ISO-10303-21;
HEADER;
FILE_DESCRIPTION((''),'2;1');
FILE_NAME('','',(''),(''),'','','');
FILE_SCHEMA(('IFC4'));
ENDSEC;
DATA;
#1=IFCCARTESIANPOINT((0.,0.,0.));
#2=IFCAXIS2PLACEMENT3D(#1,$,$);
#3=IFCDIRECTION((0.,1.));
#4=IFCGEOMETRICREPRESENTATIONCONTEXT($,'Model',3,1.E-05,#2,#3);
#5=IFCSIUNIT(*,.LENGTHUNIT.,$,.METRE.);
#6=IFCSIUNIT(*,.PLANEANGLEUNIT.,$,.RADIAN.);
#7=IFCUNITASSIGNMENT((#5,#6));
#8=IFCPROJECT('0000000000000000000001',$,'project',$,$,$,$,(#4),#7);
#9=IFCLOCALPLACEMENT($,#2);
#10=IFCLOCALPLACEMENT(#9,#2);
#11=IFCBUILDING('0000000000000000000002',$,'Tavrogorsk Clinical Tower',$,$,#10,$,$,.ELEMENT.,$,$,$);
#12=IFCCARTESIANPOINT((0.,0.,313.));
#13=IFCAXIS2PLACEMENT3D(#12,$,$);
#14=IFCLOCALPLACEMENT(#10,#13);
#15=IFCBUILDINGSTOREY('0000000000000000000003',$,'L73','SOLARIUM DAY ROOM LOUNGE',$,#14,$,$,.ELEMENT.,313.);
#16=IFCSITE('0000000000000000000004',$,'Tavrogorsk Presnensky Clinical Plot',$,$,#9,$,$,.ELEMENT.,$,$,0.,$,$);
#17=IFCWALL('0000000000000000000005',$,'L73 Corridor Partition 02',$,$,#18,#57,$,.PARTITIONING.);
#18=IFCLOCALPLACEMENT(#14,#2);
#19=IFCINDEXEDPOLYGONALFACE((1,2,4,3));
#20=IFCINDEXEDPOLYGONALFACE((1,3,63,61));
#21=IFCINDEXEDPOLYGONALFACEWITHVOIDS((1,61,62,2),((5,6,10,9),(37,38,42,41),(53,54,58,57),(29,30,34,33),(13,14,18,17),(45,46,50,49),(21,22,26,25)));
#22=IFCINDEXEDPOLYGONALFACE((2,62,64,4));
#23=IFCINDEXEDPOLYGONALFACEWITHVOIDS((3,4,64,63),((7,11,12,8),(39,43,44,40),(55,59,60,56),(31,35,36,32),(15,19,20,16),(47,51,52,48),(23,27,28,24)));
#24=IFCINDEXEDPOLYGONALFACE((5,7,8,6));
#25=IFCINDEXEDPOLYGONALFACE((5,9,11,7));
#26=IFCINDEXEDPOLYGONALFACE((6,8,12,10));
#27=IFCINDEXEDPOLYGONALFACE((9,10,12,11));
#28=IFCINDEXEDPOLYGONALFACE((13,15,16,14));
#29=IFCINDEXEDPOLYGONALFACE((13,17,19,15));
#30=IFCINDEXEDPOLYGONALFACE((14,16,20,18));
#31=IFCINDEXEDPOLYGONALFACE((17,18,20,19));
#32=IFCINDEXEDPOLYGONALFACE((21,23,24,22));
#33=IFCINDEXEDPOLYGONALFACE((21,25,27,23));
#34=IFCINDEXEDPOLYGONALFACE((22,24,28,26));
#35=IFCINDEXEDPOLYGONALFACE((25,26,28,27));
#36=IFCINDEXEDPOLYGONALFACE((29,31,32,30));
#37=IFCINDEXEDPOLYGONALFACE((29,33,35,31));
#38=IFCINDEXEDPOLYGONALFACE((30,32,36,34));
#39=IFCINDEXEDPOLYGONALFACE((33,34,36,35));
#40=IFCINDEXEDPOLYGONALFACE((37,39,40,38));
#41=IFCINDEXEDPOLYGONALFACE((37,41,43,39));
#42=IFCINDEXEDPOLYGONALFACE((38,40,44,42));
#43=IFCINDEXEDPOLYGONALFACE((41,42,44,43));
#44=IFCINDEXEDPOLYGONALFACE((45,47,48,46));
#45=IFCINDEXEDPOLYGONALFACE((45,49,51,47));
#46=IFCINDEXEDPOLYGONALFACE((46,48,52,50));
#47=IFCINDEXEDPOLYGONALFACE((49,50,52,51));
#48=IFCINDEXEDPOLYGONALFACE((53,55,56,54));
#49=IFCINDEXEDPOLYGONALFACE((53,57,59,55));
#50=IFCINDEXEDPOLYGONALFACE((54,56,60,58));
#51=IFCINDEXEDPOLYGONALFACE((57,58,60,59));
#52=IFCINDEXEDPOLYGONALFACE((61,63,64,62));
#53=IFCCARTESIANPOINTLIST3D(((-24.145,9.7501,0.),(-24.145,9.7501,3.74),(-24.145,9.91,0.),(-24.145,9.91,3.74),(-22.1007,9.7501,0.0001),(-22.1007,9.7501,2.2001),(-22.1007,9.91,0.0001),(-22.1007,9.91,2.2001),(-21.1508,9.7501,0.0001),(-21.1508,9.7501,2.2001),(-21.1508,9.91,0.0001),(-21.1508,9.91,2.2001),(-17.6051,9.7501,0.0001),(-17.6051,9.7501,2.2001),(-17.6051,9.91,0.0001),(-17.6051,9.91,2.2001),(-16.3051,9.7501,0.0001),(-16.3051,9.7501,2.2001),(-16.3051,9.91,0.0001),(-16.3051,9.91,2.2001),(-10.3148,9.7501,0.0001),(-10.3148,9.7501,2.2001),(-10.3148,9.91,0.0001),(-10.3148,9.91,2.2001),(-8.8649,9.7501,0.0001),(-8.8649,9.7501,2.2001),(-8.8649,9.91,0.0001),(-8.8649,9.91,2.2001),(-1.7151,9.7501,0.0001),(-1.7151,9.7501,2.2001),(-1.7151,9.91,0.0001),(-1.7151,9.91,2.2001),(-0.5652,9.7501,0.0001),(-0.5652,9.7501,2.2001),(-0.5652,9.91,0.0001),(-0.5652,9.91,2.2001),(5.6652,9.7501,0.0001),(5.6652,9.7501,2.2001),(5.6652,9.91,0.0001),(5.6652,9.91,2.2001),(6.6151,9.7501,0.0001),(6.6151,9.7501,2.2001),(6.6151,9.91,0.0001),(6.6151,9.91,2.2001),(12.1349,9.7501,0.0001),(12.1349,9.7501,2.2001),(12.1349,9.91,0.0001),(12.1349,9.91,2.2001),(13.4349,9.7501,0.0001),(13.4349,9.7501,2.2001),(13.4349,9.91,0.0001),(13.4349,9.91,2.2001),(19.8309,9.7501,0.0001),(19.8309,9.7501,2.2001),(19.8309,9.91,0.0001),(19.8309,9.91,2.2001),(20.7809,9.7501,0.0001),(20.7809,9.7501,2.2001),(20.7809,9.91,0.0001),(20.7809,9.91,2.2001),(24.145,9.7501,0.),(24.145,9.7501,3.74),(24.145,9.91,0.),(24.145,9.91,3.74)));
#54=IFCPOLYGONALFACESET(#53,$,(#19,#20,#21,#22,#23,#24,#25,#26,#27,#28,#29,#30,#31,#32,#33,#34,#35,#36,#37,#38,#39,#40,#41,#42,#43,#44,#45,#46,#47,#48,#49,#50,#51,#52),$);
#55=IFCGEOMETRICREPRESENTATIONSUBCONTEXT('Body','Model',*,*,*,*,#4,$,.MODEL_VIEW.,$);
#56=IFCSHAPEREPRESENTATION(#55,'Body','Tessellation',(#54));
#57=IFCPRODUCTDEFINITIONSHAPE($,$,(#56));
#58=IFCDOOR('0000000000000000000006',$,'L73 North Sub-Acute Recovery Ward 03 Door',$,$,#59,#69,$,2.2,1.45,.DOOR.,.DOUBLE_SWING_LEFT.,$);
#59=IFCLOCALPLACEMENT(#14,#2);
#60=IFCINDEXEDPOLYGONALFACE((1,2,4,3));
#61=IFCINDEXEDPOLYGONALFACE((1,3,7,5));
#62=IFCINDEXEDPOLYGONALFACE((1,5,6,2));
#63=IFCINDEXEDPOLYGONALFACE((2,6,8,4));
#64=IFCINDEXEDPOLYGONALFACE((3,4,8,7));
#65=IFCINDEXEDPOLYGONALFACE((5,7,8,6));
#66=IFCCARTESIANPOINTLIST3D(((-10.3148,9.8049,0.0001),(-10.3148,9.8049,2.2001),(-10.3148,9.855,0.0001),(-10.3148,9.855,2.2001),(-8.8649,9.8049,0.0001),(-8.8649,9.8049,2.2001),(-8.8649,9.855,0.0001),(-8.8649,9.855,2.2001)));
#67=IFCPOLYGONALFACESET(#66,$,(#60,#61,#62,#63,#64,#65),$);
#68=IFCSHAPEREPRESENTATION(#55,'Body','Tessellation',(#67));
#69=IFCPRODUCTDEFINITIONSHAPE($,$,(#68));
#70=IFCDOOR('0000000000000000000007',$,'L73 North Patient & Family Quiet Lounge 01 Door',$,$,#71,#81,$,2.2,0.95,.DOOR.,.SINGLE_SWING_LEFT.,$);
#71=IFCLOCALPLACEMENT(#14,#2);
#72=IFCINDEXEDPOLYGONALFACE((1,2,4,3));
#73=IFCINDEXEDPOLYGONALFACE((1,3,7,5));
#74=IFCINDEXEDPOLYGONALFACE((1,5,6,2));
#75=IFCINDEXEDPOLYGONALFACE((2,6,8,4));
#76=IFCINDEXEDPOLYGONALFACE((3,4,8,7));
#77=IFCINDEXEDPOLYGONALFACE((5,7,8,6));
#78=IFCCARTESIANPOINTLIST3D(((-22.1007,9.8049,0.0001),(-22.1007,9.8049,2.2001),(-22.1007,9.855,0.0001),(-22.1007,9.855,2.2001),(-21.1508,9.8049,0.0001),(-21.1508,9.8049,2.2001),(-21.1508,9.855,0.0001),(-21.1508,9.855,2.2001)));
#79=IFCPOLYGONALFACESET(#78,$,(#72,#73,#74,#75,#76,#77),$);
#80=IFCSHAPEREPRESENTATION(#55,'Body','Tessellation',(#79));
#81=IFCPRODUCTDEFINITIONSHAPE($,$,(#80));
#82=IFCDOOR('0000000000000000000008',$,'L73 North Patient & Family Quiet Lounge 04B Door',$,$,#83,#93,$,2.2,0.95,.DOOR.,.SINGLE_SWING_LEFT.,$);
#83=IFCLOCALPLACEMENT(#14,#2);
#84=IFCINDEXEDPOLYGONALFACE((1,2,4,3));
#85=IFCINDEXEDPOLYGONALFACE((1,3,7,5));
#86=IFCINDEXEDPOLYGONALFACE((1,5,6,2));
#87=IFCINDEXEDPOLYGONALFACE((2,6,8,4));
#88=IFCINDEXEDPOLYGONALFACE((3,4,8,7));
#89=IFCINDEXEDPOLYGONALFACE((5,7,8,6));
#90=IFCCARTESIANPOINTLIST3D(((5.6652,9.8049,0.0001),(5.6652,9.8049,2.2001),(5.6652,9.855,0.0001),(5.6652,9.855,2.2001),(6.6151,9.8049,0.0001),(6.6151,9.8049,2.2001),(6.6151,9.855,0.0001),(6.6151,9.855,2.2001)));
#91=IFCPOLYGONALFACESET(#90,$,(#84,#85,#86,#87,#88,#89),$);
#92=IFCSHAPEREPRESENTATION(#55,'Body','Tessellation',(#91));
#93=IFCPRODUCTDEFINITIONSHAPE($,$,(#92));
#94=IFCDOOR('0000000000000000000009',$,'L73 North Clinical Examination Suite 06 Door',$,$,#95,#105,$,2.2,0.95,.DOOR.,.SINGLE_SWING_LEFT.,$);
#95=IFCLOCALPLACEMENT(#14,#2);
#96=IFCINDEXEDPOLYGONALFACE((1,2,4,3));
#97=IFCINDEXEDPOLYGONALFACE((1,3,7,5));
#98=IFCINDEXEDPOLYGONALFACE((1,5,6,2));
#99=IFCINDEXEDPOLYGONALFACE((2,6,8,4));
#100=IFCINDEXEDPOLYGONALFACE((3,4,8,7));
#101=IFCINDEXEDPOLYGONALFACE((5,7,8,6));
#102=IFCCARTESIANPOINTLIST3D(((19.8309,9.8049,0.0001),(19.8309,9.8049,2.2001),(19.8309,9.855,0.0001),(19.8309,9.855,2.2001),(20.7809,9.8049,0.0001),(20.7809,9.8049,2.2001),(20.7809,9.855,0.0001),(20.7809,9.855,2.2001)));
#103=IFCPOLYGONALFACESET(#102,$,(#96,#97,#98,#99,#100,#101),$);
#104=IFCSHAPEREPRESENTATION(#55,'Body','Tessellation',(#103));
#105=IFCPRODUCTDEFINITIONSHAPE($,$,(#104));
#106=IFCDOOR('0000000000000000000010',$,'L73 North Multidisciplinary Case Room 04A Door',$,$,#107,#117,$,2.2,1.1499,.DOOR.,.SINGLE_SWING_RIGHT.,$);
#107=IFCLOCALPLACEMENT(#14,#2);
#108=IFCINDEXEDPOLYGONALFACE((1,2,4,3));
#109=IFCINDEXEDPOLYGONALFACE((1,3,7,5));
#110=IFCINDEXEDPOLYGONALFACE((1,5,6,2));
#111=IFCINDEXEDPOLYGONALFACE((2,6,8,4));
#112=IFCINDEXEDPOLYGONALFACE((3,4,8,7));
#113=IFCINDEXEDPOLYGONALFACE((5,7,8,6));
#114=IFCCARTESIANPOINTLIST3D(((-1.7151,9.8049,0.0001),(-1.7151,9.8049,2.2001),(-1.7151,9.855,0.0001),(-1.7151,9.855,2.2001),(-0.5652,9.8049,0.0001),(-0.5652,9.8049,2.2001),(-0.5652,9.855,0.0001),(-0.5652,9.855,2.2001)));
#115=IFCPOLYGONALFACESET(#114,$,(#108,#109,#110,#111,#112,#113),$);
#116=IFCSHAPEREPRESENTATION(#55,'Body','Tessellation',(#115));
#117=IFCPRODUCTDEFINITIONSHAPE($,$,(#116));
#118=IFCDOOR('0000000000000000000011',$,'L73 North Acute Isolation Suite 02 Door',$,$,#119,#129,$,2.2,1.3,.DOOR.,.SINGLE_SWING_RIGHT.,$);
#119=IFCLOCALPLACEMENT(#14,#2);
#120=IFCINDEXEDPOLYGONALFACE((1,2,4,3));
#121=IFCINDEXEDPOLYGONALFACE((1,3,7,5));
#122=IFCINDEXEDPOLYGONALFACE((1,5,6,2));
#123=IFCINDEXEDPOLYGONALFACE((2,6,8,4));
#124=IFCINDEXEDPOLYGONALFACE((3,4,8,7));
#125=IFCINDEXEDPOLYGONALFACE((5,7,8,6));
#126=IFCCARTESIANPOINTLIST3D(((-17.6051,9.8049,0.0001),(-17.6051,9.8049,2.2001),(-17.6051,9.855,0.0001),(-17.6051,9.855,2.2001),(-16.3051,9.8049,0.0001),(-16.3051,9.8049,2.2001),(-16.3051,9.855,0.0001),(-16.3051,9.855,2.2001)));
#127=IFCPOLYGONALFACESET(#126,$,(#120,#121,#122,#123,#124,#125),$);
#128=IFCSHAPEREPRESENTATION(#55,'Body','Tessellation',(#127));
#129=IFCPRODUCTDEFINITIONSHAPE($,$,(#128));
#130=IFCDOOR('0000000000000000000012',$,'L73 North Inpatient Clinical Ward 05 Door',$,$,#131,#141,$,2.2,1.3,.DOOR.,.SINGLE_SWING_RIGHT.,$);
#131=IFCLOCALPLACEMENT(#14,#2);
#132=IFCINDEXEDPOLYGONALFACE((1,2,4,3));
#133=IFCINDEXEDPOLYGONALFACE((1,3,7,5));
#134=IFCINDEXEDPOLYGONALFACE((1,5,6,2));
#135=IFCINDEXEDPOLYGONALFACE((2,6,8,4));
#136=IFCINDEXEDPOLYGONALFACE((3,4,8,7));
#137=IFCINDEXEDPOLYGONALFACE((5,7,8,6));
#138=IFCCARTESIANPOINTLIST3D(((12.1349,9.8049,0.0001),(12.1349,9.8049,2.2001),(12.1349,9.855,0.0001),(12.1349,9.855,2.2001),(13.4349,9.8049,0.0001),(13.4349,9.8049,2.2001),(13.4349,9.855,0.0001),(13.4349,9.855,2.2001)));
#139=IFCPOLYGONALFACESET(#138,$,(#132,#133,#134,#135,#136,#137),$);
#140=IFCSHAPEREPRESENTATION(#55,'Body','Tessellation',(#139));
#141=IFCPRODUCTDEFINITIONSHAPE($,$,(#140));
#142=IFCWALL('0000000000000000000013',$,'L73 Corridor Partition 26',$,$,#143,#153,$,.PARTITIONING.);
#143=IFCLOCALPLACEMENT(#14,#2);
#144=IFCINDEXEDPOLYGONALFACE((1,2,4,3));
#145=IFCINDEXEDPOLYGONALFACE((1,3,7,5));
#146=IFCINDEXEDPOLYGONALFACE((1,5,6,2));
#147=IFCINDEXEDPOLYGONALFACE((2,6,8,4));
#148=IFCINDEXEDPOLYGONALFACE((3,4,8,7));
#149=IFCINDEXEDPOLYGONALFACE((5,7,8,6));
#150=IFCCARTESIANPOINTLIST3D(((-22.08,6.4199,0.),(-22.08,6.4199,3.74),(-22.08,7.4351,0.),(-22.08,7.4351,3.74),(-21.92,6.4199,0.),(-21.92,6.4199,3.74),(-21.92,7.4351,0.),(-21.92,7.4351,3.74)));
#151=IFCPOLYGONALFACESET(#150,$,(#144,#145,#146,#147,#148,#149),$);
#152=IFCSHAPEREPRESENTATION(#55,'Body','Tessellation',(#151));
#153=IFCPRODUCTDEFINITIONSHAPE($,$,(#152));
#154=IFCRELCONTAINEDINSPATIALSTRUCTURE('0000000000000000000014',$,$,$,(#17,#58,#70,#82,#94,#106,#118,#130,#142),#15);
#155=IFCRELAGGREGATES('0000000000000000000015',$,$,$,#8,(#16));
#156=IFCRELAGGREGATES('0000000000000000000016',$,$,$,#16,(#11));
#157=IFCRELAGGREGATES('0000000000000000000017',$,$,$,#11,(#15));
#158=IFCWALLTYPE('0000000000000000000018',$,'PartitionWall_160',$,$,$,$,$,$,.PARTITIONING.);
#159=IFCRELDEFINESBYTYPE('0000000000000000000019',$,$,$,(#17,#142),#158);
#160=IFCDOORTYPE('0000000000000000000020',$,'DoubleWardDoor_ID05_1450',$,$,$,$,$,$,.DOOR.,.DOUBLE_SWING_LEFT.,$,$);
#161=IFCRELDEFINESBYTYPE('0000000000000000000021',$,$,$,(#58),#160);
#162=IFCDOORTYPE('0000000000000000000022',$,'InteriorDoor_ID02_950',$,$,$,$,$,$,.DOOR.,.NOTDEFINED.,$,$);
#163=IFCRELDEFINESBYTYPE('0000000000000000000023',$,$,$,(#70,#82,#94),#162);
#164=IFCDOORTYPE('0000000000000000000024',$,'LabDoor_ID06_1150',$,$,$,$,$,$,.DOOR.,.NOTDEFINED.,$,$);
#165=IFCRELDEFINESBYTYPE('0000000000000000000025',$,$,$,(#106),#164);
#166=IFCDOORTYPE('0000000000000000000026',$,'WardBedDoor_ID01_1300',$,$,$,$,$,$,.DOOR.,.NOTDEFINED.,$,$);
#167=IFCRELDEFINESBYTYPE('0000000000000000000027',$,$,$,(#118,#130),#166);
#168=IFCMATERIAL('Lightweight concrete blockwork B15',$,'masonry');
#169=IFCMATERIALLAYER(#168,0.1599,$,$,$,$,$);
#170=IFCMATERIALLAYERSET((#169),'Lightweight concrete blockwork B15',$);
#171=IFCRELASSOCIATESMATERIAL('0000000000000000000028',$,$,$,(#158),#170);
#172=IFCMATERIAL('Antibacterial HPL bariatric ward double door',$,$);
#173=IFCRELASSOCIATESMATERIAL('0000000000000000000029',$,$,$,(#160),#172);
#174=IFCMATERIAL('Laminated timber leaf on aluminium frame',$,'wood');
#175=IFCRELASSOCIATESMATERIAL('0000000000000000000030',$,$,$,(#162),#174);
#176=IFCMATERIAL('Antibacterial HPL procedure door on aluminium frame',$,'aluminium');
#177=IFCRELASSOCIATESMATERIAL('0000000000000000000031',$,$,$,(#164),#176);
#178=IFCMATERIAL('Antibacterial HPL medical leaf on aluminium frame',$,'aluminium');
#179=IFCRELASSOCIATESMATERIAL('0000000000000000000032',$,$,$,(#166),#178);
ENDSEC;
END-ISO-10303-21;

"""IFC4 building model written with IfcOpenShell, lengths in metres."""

from ifc_helpers import new_model, si_unit, direction, frame, frame_2d, origin, place, context, subcontext, project, spatial, rectangle, extrude, material, layer, layer_set, type_object, element, fill, save


model = new_model("IFC4")

# Units and contexts
model_context = context("Model", 3, precision=1e-05, world=origin(), true_north=direction((0.0, 1.0)))
body_context = subcontext(model_context, "Body", "Model", "MODEL_VIEW")
ifc_project = project(units=[si_unit("LENGTHUNIT", "METRE"), si_unit("PLANEANGLEUNIT", "RADIAN")], contexts=[model_context])

# Site, building, storey
site_placement = place(None, origin())
site = spatial("IfcSite", under=ifc_project, at=site_placement, Name="Tavrogorsk Presnensky Clinical Plot", CompositionType="ELEMENT", RefElevation=0.0)
building_placement = place(site_placement, origin())
building = spatial("IfcBuilding", under=site, at=building_placement, Name="Tavrogorsk Clinical Tower", CompositionType="ELEMENT")
storey_placement = place(building_placement, frame((0.0, 0.0, 313.0)))
storey = spatial("IfcBuildingStorey", under=building, at=storey_placement, Name="L73", Description="SOLARIUM DAY ROOM LOUNGE", CompositionType="ELEMENT", Elevation=313.0)

# Wall, openings, doors
ifc_material_1 = material(Name="Lightweight concrete blockwork B15", Category="masonry")
ifc_layer_1 = layer(ifc_material_1, 0.1599)
ifc_layer_set_1 = layer_set([ifc_layer_1], Name="Lightweight concrete blockwork B15")
wall_type_1 = type_object("IfcWallType", Name="PartitionWall_160", PredefinedType="PARTITIONING", material=ifc_layer_set_1)
wall_1_placement = place(storey_placement, frame((-24.145, 9.8301, 0.0), z_axis=(0.0, 0.0, 1.0), x_axis=(1.0, 0.0, 0.0)))
wall_1 = element("IfcWall", 1, at=wall_1_placement, inside=storey, type_object=wall_type_1, Name="L73 Corridor Partition 02", PredefinedType="PARTITIONING", context=body_context, shape_type="SweptSolid", body=[
    extrude(rectangle(XDim=48.29, YDim=0.1599, at=frame_2d((24.145, 0.0))), origin(), (0.0, 0.0, 1.0), 3.74),
])
opening_1_placement = place(wall_1_placement, frame((2.0442, 0.0, 0.0)))
opening_1 = element("IfcOpeningElement", 2, at=opening_1_placement, cuts=wall_1, PredefinedType="OPENING", context=body_context, shape_type="SweptSolid", body=[
    extrude(rectangle(XDim=0.95, YDim=2.2, at=frame_2d((0.4751, 1.1001))), frame((0.0, 0.0898, 0.0), z_axis=(0.0, -1.0, 0.0), x_axis=(1.0, 0.0, 0.0)), (0.0, 0.0, 1.0), 0.1799),
])
opening_2_placement = place(wall_1_placement, frame((6.54, 0.0, 0.0)))
opening_2 = element("IfcOpeningElement", 3, at=opening_2_placement, cuts=wall_1, PredefinedType="OPENING", context=body_context, shape_type="SweptSolid", body=[
    extrude(rectangle(XDim=1.3, YDim=2.2, at=frame_2d((0.6499, 1.1001))), frame((0.0, 0.0898, 0.0), z_axis=(0.0, -1.0, 0.0), x_axis=(1.0, 0.0, 0.0)), (0.0, 0.0, 1.0), 0.1799),
])
opening_3_placement = place(wall_1_placement, frame((13.8301, 0.0, 0.0)))
opening_3 = element("IfcOpeningElement", 4, at=opening_3_placement, cuts=wall_1, PredefinedType="OPENING", context=body_context, shape_type="SweptSolid", body=[
    extrude(rectangle(XDim=1.45, YDim=2.2, at=frame_2d((0.7251, 1.1001))), frame((0.0, 0.0898, 0.0), z_axis=(0.0, -1.0, 0.0), x_axis=(1.0, 0.0, 0.0)), (0.0, 0.0, 1.0), 0.1799),
])
opening_4_placement = place(wall_1_placement, frame((22.4299, 0.0, 0.0)))
opening_4 = element("IfcOpeningElement", 5, at=opening_4_placement, cuts=wall_1, PredefinedType="OPENING", context=body_context, shape_type="SweptSolid", body=[
    extrude(rectangle(XDim=1.1499, YDim=2.2, at=frame_2d((0.575, 1.1001))), frame((0.0, 0.0898, 0.0), z_axis=(0.0, -1.0, 0.0), x_axis=(1.0, 0.0, 0.0)), (0.0, 0.0, 1.0), 0.1799),
])
opening_5_placement = place(wall_1_placement, frame((29.8101, 0.0, 0.0)))
opening_5 = element("IfcOpeningElement", 6, at=opening_5_placement, cuts=wall_1, PredefinedType="OPENING", context=body_context, shape_type="SweptSolid", body=[
    extrude(rectangle(XDim=0.95, YDim=2.2, at=frame_2d((0.4751, 1.1001))), frame((0.0, 0.0898, 0.0), z_axis=(0.0, -1.0, 0.0), x_axis=(1.0, 0.0, 0.0)), (0.0, 0.0, 1.0), 0.1799),
])
opening_6_placement = place(wall_1_placement, frame((36.28, 0.0, 0.0)))
opening_6 = element("IfcOpeningElement", 7, at=opening_6_placement, cuts=wall_1, PredefinedType="OPENING", context=body_context, shape_type="SweptSolid", body=[
    extrude(rectangle(XDim=1.3, YDim=2.2, at=frame_2d((0.6499, 1.1001))), frame((0.0, 0.0898, 0.0), z_axis=(0.0, -1.0, 0.0), x_axis=(1.0, 0.0, 0.0)), (0.0, 0.0, 1.0), 0.1799),
])
opening_7_placement = place(wall_1_placement, frame((43.9758, 0.0, 0.0)))
opening_7 = element("IfcOpeningElement", 8, at=opening_7_placement, cuts=wall_1, PredefinedType="OPENING", context=body_context, shape_type="SweptSolid", body=[
    extrude(rectangle(XDim=0.95, YDim=2.2, at=frame_2d((0.4751, 1.1001))), frame((0.0, 0.0898, 0.0), z_axis=(0.0, -1.0, 0.0), x_axis=(1.0, 0.0, 0.0)), (0.0, 0.0, 1.0), 0.1799),
])
ifc_material_2 = material(Name="Antibacterial HPL bariatric ward double door")
door_type_1 = type_object("IfcDoorType", Name="DoubleWardDoor_ID05_1450", OperationType="DOUBLE_SWING_LEFT", PredefinedType="DOOR", material=ifc_material_2)
door_1_placement = place(opening_3_placement, origin())
door_1 = element("IfcDoor", 9, at=door_1_placement, inside=storey, type_object=door_type_1, Name="L73 North Sub-Acute Recovery Ward 03 Door", OperationType="DOUBLE_SWING_LEFT", OverallHeight=2.2, OverallWidth=1.45, PredefinedType="DOOR", context=body_context, shape_type="SweptSolid", body=[
    extrude(rectangle(XDim=1.45, YDim=2.2, at=frame_2d((0.7251, 1.1001))), frame((0.0, 0.0249, 0.0), z_axis=(0.0, -1.0, 0.0), x_axis=(1.0, 0.0, 0.0)), (0.0, 0.0, 1.0), 0.05),
])
fill(opening_3, door_1)
ifc_material_3 = material(Name="Laminated timber leaf on aluminium frame", Category="wood")
door_type_2 = type_object("IfcDoorType", Name="InteriorDoor_ID02_950", OperationType="NOTDEFINED", PredefinedType="DOOR", material=ifc_material_3)
door_2_placement = place(opening_1_placement, origin())
door_2 = element("IfcDoor", 10, at=door_2_placement, inside=storey, type_object=door_type_2, Name="L73 North Patient & Family Quiet Lounge 01 Door", OperationType="SINGLE_SWING_LEFT", OverallHeight=2.2, OverallWidth=0.95, PredefinedType="DOOR", context=body_context, shape_type="SweptSolid", body=[
    extrude(rectangle(XDim=0.95, YDim=2.2, at=frame_2d((0.4751, 1.1001))), frame((0.0, 0.0249, 0.0), z_axis=(0.0, -1.0, 0.0), x_axis=(1.0, 0.0, 0.0)), (0.0, 0.0, 1.0), 0.05),
])
fill(opening_1, door_2)
door_3_placement = place(opening_5_placement, origin())
door_3 = element("IfcDoor", 11, at=door_3_placement, inside=storey, type_object=door_type_2, Name="L73 North Patient & Family Quiet Lounge 04B Door", OperationType="SINGLE_SWING_LEFT", OverallHeight=2.2, OverallWidth=0.95, PredefinedType="DOOR", context=body_context, shape_type="SweptSolid", body=[
    extrude(rectangle(XDim=0.95, YDim=2.2, at=frame_2d((0.4751, 1.1001))), frame((0.0, 0.0249, 0.0), z_axis=(0.0, -1.0, 0.0), x_axis=(1.0, 0.0, 0.0)), (0.0, 0.0, 1.0), 0.05),
])
fill(opening_5, door_3)
door_4_placement = place(opening_7_placement, origin())
door_4 = element("IfcDoor", 12, at=door_4_placement, inside=storey, type_object=door_type_2, Name="L73 North Clinical Examination Suite 06 Door", OperationType="SINGLE_SWING_LEFT", OverallHeight=2.2, OverallWidth=0.95, PredefinedType="DOOR", context=body_context, shape_type="SweptSolid", body=[
    extrude(rectangle(XDim=0.95, YDim=2.2, at=frame_2d((0.4751, 1.1001))), frame((0.0, 0.0249, 0.0), z_axis=(0.0, -1.0, 0.0), x_axis=(1.0, 0.0, 0.0)), (0.0, 0.0, 1.0), 0.05),
])
fill(opening_7, door_4)
ifc_material_4 = material(Name="Antibacterial HPL procedure door on aluminium frame", Category="aluminium")
door_type_3 = type_object("IfcDoorType", Name="LabDoor_ID06_1150", OperationType="NOTDEFINED", PredefinedType="DOOR", material=ifc_material_4)
door_5_placement = place(opening_4_placement, origin())
door_5 = element("IfcDoor", 13, at=door_5_placement, inside=storey, type_object=door_type_3, Name="L73 North Multidisciplinary Case Room 04A Door", OperationType="SINGLE_SWING_RIGHT", OverallHeight=2.2, OverallWidth=1.1499, PredefinedType="DOOR", context=body_context, shape_type="SweptSolid", body=[
    extrude(rectangle(XDim=1.1499, YDim=2.2, at=frame_2d((0.575, 1.1001))), frame((0.0, 0.0249, 0.0), z_axis=(0.0, -1.0, 0.0), x_axis=(1.0, 0.0, 0.0)), (0.0, 0.0, 1.0), 0.05),
])
fill(opening_4, door_5)
ifc_material_5 = material(Name="Antibacterial HPL medical leaf on aluminium frame", Category="aluminium")
door_type_4 = type_object("IfcDoorType", Name="WardBedDoor_ID01_1300", OperationType="NOTDEFINED", PredefinedType="DOOR", material=ifc_material_5)
door_6_placement = place(opening_2_placement, origin())
door_6 = element("IfcDoor", 14, at=door_6_placement, inside=storey, type_object=door_type_4, Name="L73 North Acute Isolation Suite 02 Door", OperationType="SINGLE_SWING_RIGHT", OverallHeight=2.2, OverallWidth=1.3, PredefinedType="DOOR", context=body_context, shape_type="SweptSolid", body=[
    extrude(rectangle(XDim=1.3, YDim=2.2, at=frame_2d((0.6499, 1.1001))), frame((0.0, 0.0249, 0.0), z_axis=(0.0, -1.0, 0.0), x_axis=(1.0, 0.0, 0.0)), (0.0, 0.0, 1.0), 0.05),
])
fill(opening_2, door_6)
door_7_placement = place(opening_6_placement, origin())
door_7 = element("IfcDoor", 15, at=door_7_placement, inside=storey, type_object=door_type_4, Name="L73 North Inpatient Clinical Ward 05 Door", OperationType="SINGLE_SWING_RIGHT", OverallHeight=2.2, OverallWidth=1.3, PredefinedType="DOOR", context=body_context, shape_type="SweptSolid", body=[
    extrude(rectangle(XDim=1.3, YDim=2.2, at=frame_2d((0.6499, 1.1001))), frame((0.0, 0.0249, 0.0), z_axis=(0.0, -1.0, 0.0), x_axis=(1.0, 0.0, 0.0)), (0.0, 0.0, 1.0), 0.05),
])
fill(opening_6, door_7)

# Wall
wall_2_placement = place(storey_placement, frame((-22.0, 7.4351, 0.0), z_axis=(0.0, 0.0, 1.0), x_axis=(0.0, -1.0, 0.0)))
element("IfcWall", 16, at=wall_2_placement, inside=storey, type_object=wall_type_1, Name="L73 Corridor Partition 26", PredefinedType="PARTITIONING", context=body_context, shape_type="SweptSolid", body=[
    extrude(rectangle(XDim=1.0151, YDim=0.1599, at=frame_2d((0.5076, 0.0))), origin(), (0.0, 0.0, 1.0), 3.74),
])

save(model, "model.ifc")
